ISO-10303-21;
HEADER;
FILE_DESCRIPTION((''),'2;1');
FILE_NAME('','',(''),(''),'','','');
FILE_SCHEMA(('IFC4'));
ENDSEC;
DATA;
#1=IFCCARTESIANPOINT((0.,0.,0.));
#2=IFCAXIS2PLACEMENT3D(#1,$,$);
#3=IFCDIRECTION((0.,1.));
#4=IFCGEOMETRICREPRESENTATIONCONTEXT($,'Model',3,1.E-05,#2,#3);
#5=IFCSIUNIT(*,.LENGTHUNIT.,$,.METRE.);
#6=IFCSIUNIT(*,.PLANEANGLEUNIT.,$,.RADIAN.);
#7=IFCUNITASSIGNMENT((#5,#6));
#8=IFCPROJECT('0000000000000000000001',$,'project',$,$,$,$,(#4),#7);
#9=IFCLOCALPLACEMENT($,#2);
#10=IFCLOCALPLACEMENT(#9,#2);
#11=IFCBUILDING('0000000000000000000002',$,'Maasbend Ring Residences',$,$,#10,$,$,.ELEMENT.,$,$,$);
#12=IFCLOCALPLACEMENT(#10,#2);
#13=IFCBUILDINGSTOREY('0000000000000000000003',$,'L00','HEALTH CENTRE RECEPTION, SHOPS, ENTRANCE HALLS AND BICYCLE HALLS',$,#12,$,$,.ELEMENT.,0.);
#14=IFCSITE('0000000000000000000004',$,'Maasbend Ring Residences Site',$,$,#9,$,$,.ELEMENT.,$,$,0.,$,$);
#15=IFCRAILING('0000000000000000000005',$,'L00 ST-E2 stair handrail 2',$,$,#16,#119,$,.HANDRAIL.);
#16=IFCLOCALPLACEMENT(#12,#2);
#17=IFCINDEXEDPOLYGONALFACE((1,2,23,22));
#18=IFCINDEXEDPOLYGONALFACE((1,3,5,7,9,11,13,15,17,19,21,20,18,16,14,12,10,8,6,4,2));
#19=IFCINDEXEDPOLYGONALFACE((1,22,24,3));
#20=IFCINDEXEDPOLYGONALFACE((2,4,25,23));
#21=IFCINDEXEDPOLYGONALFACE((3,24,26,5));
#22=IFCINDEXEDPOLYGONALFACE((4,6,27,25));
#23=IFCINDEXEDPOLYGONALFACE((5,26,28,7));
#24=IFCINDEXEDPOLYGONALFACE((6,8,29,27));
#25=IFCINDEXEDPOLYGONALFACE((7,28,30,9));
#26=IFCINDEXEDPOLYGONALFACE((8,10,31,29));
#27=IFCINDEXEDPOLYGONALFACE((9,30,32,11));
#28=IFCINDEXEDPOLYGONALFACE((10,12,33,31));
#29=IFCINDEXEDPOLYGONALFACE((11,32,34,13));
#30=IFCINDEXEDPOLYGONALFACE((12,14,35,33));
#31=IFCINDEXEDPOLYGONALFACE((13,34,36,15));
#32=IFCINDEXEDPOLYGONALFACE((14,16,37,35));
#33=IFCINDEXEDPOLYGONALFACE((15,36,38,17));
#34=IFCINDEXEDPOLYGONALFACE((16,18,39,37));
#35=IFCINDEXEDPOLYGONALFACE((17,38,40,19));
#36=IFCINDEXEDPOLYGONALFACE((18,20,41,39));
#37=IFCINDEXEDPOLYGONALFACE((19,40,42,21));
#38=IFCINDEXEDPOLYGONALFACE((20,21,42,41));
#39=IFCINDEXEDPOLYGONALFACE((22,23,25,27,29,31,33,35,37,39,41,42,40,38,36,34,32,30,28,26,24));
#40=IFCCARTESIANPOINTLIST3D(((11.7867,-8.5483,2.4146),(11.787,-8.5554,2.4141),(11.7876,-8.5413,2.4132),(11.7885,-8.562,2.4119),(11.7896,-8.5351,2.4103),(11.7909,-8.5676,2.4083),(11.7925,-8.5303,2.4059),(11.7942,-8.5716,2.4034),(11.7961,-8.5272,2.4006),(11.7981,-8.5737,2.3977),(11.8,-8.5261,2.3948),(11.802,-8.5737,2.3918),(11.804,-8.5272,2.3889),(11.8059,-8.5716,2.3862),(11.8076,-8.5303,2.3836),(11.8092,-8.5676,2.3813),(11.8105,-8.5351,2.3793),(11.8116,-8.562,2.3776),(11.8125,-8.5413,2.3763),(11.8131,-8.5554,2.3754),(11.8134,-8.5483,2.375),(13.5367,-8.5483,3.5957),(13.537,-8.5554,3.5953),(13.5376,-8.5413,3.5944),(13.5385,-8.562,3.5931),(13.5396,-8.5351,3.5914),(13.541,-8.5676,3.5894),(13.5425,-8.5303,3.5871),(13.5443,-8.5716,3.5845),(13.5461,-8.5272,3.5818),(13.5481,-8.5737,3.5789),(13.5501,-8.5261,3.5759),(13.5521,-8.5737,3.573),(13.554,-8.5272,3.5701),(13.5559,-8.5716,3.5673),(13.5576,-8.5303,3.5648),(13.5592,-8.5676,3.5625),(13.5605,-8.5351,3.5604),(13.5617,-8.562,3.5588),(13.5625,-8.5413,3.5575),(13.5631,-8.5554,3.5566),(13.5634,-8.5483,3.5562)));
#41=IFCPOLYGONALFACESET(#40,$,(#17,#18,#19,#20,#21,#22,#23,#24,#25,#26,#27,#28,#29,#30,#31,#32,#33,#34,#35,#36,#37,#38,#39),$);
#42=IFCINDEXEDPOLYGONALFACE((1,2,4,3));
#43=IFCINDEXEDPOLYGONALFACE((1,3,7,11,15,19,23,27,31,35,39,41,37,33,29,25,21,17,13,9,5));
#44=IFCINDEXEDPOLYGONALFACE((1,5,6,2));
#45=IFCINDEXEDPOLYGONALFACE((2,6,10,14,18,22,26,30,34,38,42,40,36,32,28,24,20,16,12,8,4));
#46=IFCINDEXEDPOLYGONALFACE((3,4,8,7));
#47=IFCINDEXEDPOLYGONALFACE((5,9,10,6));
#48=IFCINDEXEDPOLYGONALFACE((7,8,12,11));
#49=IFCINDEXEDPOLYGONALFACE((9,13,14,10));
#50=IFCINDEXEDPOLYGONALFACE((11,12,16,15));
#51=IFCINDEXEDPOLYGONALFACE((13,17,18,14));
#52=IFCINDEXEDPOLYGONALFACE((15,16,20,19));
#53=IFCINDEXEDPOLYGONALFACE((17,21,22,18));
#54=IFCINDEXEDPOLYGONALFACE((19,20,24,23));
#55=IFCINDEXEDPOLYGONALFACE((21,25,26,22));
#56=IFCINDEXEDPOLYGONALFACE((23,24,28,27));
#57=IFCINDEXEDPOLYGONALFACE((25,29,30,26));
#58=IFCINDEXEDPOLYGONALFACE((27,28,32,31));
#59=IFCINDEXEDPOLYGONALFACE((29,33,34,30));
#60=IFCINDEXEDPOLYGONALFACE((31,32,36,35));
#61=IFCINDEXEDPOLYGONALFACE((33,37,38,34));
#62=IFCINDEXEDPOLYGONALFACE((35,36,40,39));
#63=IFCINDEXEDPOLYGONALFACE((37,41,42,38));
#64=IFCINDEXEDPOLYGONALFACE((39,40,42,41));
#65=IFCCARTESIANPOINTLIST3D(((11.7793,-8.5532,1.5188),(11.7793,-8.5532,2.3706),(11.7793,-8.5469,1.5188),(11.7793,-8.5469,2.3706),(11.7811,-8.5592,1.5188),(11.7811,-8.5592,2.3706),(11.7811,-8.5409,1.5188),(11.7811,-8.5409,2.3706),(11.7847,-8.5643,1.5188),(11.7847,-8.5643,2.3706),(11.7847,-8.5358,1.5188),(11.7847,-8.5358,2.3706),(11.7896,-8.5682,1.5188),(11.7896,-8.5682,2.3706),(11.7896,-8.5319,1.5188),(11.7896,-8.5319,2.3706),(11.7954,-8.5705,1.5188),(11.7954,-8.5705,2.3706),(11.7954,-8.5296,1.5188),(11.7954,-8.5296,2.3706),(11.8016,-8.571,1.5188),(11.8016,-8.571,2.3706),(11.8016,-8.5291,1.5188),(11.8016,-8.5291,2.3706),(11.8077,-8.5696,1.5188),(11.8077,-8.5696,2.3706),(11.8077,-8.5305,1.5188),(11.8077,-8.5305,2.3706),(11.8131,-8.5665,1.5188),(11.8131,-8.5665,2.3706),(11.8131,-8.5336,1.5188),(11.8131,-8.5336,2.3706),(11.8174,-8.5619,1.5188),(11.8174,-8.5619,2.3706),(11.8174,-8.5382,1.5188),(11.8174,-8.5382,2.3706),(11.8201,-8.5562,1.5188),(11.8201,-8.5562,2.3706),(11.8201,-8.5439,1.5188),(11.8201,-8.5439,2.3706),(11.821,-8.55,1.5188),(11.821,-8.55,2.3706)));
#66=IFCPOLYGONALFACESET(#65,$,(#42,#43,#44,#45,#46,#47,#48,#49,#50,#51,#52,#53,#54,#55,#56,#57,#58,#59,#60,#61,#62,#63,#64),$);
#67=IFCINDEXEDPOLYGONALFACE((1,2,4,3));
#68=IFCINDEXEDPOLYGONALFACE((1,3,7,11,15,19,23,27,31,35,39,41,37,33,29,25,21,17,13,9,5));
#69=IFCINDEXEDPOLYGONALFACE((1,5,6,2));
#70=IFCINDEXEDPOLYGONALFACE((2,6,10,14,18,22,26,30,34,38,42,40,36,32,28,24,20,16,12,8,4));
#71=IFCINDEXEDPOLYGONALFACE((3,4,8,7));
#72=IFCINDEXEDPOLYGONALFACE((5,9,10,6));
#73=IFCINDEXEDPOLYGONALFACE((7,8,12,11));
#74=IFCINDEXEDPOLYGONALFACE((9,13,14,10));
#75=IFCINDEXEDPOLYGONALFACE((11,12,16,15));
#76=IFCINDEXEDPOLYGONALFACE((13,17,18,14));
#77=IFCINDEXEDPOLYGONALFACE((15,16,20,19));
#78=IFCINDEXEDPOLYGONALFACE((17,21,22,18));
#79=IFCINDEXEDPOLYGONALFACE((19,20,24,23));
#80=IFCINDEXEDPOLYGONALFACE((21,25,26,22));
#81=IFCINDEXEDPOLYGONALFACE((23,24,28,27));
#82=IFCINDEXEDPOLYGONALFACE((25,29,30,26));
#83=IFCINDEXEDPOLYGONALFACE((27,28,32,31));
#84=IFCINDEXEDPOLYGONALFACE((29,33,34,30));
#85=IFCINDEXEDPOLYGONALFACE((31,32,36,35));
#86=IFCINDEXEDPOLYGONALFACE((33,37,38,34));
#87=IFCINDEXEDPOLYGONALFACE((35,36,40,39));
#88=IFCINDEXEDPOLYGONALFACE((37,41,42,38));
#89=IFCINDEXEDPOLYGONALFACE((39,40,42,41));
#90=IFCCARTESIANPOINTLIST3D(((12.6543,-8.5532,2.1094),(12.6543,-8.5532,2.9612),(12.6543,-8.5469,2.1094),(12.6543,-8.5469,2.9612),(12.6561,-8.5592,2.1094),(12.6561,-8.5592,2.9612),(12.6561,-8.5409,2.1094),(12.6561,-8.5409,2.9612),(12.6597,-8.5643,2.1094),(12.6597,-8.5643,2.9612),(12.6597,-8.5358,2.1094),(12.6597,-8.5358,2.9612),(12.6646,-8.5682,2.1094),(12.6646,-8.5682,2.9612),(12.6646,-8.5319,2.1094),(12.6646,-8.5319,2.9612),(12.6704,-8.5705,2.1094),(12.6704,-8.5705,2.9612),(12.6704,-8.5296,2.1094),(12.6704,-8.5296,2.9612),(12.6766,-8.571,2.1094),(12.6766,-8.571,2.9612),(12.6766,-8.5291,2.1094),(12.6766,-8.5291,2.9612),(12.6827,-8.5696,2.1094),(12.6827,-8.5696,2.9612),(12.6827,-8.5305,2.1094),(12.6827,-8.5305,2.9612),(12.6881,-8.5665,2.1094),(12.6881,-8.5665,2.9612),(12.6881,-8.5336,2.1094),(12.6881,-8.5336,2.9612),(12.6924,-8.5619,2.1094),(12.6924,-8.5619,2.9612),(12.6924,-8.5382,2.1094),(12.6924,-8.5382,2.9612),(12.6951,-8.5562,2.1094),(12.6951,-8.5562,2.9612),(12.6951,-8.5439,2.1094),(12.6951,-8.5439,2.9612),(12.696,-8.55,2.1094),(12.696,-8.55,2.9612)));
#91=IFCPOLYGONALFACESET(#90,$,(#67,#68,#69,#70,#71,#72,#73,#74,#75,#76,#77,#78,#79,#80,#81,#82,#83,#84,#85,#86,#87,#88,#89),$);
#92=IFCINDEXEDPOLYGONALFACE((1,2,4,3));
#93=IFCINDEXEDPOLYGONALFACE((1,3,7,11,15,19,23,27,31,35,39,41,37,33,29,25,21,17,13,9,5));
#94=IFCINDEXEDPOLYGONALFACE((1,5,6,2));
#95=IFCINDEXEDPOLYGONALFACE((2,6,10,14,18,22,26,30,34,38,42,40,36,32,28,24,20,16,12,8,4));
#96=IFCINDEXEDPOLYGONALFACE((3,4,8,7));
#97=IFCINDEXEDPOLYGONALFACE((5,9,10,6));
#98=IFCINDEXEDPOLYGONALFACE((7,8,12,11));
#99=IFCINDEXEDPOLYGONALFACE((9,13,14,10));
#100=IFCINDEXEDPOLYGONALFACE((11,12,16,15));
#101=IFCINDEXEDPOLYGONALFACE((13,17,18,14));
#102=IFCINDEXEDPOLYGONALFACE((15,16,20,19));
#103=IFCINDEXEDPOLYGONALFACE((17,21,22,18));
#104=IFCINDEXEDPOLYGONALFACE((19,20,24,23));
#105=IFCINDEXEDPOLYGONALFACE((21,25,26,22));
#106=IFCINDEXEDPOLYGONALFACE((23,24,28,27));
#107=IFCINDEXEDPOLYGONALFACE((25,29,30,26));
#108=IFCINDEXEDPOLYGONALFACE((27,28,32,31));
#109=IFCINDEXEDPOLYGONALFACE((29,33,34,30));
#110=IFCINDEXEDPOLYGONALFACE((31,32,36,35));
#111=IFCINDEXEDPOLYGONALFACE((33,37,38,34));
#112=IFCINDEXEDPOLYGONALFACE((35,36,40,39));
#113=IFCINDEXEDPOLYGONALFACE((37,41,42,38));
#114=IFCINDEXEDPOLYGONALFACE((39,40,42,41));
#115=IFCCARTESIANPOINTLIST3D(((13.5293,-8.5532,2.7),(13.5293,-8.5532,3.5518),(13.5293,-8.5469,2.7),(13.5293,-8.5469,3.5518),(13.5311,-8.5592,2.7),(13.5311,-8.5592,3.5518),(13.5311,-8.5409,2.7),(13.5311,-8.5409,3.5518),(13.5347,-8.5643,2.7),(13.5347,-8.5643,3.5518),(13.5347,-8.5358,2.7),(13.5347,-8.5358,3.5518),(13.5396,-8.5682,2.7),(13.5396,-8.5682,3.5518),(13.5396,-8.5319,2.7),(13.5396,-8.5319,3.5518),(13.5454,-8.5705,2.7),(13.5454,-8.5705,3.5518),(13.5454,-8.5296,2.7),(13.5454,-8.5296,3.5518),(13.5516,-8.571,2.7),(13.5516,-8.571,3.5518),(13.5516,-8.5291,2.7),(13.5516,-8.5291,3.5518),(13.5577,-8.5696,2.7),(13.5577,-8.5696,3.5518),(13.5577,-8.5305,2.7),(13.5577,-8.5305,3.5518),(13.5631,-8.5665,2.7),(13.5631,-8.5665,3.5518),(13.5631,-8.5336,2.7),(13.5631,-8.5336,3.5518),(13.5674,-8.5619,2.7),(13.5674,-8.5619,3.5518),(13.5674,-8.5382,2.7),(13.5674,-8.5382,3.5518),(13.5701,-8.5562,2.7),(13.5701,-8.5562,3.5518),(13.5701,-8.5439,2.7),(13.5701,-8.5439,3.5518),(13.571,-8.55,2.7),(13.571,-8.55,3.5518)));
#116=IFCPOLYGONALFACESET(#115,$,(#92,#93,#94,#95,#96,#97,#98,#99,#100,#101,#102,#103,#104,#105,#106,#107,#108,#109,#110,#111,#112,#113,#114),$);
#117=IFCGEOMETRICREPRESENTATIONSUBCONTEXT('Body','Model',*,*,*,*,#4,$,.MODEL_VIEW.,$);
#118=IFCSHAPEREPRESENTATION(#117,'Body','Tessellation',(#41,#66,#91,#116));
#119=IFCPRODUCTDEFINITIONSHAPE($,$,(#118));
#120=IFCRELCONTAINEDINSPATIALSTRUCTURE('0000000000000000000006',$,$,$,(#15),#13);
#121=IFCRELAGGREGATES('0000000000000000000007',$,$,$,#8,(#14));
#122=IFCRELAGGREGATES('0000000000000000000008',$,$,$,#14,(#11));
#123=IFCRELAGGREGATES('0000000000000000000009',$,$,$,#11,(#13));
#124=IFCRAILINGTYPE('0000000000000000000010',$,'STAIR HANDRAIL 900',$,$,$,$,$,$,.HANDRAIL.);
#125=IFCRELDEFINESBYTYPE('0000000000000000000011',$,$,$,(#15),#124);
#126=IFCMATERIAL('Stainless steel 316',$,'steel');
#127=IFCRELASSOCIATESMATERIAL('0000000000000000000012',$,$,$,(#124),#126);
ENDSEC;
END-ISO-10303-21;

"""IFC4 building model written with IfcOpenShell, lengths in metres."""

from ifc_helpers import new_model, si_unit, direction, frame, origin, origin_2d, place, context, subcontext, project, spatial, circle, extrude, material, type_object, element, save


model = new_model("IFC4")

# Units and contexts
model_context = context("Model", 3, precision=1e-05, world=origin(), true_north=direction((0.0, 1.0)))
body_context = subcontext(model_context, "Body", "Model", "MODEL_VIEW")
ifc_project = project(units=[si_unit("LENGTHUNIT", "METRE"), si_unit("PLANEANGLEUNIT", "RADIAN")], contexts=[model_context])

# Site, building, storey
site_placement = place(None, origin())
site = spatial("IfcSite", under=ifc_project, at=site_placement, Name="Maasbend Ring Residences Site", CompositionType="ELEMENT", RefElevation=0.0)
building_placement = place(site_placement, origin())
building = spatial("IfcBuilding", under=site, at=building_placement, Name="Maasbend Ring Residences", CompositionType="ELEMENT")
storey_placement = place(building_placement, origin())
storey = spatial("IfcBuildingStorey", under=building, at=storey_placement, Name="L00", Description="HEALTH CENTRE RECEPTION, SHOPS, ENTRANCE HALLS AND BICYCLE HALLS", CompositionType="ELEMENT", Elevation=0.0)

# Railing
ifc_material_1 = material(Name="Stainless steel 316", Category="steel")
railing_type_1 = type_object("IfcRailingType", Name="STAIR HANDRAIL 900", PredefinedType="HANDRAIL", material=ifc_material_1)
railing_1_placement = place(storey_placement, frame((11.8, -8.55, 1.5188)))
element("IfcRailing", 1, at=railing_1_placement, inside=storey, type_object=railing_type_1, Name="L00 ST-E2 stair handrail 2", PredefinedType="HANDRAIL", context=body_context, shape_type="SweptSolid", body=[
    extrude(circle(Radius=0.0239, at=origin_2d()), frame((0.0, 0.0, 0.876), z_axis=(0.82887, 0.0, 0.559441), x_axis=(0.0, 1.0, 0.0)), (0.0, 0.0, 1.0), 2.1113),
    extrude(circle(Radius=0.021, at=origin_2d()), origin(), (0.0, 0.0, 1.0), 0.8518),
    extrude(circle(Radius=0.021, at=origin_2d()), frame((0.875, 0.0, 0.5906)), (0.0, 0.0, 1.0), 0.8518),
    extrude(circle(Radius=0.021, at=origin_2d()), frame((1.75, 0.0, 1.1812)), (0.0, 0.0, 1.0), 0.8518),
])

save(model, "model.ifc")
